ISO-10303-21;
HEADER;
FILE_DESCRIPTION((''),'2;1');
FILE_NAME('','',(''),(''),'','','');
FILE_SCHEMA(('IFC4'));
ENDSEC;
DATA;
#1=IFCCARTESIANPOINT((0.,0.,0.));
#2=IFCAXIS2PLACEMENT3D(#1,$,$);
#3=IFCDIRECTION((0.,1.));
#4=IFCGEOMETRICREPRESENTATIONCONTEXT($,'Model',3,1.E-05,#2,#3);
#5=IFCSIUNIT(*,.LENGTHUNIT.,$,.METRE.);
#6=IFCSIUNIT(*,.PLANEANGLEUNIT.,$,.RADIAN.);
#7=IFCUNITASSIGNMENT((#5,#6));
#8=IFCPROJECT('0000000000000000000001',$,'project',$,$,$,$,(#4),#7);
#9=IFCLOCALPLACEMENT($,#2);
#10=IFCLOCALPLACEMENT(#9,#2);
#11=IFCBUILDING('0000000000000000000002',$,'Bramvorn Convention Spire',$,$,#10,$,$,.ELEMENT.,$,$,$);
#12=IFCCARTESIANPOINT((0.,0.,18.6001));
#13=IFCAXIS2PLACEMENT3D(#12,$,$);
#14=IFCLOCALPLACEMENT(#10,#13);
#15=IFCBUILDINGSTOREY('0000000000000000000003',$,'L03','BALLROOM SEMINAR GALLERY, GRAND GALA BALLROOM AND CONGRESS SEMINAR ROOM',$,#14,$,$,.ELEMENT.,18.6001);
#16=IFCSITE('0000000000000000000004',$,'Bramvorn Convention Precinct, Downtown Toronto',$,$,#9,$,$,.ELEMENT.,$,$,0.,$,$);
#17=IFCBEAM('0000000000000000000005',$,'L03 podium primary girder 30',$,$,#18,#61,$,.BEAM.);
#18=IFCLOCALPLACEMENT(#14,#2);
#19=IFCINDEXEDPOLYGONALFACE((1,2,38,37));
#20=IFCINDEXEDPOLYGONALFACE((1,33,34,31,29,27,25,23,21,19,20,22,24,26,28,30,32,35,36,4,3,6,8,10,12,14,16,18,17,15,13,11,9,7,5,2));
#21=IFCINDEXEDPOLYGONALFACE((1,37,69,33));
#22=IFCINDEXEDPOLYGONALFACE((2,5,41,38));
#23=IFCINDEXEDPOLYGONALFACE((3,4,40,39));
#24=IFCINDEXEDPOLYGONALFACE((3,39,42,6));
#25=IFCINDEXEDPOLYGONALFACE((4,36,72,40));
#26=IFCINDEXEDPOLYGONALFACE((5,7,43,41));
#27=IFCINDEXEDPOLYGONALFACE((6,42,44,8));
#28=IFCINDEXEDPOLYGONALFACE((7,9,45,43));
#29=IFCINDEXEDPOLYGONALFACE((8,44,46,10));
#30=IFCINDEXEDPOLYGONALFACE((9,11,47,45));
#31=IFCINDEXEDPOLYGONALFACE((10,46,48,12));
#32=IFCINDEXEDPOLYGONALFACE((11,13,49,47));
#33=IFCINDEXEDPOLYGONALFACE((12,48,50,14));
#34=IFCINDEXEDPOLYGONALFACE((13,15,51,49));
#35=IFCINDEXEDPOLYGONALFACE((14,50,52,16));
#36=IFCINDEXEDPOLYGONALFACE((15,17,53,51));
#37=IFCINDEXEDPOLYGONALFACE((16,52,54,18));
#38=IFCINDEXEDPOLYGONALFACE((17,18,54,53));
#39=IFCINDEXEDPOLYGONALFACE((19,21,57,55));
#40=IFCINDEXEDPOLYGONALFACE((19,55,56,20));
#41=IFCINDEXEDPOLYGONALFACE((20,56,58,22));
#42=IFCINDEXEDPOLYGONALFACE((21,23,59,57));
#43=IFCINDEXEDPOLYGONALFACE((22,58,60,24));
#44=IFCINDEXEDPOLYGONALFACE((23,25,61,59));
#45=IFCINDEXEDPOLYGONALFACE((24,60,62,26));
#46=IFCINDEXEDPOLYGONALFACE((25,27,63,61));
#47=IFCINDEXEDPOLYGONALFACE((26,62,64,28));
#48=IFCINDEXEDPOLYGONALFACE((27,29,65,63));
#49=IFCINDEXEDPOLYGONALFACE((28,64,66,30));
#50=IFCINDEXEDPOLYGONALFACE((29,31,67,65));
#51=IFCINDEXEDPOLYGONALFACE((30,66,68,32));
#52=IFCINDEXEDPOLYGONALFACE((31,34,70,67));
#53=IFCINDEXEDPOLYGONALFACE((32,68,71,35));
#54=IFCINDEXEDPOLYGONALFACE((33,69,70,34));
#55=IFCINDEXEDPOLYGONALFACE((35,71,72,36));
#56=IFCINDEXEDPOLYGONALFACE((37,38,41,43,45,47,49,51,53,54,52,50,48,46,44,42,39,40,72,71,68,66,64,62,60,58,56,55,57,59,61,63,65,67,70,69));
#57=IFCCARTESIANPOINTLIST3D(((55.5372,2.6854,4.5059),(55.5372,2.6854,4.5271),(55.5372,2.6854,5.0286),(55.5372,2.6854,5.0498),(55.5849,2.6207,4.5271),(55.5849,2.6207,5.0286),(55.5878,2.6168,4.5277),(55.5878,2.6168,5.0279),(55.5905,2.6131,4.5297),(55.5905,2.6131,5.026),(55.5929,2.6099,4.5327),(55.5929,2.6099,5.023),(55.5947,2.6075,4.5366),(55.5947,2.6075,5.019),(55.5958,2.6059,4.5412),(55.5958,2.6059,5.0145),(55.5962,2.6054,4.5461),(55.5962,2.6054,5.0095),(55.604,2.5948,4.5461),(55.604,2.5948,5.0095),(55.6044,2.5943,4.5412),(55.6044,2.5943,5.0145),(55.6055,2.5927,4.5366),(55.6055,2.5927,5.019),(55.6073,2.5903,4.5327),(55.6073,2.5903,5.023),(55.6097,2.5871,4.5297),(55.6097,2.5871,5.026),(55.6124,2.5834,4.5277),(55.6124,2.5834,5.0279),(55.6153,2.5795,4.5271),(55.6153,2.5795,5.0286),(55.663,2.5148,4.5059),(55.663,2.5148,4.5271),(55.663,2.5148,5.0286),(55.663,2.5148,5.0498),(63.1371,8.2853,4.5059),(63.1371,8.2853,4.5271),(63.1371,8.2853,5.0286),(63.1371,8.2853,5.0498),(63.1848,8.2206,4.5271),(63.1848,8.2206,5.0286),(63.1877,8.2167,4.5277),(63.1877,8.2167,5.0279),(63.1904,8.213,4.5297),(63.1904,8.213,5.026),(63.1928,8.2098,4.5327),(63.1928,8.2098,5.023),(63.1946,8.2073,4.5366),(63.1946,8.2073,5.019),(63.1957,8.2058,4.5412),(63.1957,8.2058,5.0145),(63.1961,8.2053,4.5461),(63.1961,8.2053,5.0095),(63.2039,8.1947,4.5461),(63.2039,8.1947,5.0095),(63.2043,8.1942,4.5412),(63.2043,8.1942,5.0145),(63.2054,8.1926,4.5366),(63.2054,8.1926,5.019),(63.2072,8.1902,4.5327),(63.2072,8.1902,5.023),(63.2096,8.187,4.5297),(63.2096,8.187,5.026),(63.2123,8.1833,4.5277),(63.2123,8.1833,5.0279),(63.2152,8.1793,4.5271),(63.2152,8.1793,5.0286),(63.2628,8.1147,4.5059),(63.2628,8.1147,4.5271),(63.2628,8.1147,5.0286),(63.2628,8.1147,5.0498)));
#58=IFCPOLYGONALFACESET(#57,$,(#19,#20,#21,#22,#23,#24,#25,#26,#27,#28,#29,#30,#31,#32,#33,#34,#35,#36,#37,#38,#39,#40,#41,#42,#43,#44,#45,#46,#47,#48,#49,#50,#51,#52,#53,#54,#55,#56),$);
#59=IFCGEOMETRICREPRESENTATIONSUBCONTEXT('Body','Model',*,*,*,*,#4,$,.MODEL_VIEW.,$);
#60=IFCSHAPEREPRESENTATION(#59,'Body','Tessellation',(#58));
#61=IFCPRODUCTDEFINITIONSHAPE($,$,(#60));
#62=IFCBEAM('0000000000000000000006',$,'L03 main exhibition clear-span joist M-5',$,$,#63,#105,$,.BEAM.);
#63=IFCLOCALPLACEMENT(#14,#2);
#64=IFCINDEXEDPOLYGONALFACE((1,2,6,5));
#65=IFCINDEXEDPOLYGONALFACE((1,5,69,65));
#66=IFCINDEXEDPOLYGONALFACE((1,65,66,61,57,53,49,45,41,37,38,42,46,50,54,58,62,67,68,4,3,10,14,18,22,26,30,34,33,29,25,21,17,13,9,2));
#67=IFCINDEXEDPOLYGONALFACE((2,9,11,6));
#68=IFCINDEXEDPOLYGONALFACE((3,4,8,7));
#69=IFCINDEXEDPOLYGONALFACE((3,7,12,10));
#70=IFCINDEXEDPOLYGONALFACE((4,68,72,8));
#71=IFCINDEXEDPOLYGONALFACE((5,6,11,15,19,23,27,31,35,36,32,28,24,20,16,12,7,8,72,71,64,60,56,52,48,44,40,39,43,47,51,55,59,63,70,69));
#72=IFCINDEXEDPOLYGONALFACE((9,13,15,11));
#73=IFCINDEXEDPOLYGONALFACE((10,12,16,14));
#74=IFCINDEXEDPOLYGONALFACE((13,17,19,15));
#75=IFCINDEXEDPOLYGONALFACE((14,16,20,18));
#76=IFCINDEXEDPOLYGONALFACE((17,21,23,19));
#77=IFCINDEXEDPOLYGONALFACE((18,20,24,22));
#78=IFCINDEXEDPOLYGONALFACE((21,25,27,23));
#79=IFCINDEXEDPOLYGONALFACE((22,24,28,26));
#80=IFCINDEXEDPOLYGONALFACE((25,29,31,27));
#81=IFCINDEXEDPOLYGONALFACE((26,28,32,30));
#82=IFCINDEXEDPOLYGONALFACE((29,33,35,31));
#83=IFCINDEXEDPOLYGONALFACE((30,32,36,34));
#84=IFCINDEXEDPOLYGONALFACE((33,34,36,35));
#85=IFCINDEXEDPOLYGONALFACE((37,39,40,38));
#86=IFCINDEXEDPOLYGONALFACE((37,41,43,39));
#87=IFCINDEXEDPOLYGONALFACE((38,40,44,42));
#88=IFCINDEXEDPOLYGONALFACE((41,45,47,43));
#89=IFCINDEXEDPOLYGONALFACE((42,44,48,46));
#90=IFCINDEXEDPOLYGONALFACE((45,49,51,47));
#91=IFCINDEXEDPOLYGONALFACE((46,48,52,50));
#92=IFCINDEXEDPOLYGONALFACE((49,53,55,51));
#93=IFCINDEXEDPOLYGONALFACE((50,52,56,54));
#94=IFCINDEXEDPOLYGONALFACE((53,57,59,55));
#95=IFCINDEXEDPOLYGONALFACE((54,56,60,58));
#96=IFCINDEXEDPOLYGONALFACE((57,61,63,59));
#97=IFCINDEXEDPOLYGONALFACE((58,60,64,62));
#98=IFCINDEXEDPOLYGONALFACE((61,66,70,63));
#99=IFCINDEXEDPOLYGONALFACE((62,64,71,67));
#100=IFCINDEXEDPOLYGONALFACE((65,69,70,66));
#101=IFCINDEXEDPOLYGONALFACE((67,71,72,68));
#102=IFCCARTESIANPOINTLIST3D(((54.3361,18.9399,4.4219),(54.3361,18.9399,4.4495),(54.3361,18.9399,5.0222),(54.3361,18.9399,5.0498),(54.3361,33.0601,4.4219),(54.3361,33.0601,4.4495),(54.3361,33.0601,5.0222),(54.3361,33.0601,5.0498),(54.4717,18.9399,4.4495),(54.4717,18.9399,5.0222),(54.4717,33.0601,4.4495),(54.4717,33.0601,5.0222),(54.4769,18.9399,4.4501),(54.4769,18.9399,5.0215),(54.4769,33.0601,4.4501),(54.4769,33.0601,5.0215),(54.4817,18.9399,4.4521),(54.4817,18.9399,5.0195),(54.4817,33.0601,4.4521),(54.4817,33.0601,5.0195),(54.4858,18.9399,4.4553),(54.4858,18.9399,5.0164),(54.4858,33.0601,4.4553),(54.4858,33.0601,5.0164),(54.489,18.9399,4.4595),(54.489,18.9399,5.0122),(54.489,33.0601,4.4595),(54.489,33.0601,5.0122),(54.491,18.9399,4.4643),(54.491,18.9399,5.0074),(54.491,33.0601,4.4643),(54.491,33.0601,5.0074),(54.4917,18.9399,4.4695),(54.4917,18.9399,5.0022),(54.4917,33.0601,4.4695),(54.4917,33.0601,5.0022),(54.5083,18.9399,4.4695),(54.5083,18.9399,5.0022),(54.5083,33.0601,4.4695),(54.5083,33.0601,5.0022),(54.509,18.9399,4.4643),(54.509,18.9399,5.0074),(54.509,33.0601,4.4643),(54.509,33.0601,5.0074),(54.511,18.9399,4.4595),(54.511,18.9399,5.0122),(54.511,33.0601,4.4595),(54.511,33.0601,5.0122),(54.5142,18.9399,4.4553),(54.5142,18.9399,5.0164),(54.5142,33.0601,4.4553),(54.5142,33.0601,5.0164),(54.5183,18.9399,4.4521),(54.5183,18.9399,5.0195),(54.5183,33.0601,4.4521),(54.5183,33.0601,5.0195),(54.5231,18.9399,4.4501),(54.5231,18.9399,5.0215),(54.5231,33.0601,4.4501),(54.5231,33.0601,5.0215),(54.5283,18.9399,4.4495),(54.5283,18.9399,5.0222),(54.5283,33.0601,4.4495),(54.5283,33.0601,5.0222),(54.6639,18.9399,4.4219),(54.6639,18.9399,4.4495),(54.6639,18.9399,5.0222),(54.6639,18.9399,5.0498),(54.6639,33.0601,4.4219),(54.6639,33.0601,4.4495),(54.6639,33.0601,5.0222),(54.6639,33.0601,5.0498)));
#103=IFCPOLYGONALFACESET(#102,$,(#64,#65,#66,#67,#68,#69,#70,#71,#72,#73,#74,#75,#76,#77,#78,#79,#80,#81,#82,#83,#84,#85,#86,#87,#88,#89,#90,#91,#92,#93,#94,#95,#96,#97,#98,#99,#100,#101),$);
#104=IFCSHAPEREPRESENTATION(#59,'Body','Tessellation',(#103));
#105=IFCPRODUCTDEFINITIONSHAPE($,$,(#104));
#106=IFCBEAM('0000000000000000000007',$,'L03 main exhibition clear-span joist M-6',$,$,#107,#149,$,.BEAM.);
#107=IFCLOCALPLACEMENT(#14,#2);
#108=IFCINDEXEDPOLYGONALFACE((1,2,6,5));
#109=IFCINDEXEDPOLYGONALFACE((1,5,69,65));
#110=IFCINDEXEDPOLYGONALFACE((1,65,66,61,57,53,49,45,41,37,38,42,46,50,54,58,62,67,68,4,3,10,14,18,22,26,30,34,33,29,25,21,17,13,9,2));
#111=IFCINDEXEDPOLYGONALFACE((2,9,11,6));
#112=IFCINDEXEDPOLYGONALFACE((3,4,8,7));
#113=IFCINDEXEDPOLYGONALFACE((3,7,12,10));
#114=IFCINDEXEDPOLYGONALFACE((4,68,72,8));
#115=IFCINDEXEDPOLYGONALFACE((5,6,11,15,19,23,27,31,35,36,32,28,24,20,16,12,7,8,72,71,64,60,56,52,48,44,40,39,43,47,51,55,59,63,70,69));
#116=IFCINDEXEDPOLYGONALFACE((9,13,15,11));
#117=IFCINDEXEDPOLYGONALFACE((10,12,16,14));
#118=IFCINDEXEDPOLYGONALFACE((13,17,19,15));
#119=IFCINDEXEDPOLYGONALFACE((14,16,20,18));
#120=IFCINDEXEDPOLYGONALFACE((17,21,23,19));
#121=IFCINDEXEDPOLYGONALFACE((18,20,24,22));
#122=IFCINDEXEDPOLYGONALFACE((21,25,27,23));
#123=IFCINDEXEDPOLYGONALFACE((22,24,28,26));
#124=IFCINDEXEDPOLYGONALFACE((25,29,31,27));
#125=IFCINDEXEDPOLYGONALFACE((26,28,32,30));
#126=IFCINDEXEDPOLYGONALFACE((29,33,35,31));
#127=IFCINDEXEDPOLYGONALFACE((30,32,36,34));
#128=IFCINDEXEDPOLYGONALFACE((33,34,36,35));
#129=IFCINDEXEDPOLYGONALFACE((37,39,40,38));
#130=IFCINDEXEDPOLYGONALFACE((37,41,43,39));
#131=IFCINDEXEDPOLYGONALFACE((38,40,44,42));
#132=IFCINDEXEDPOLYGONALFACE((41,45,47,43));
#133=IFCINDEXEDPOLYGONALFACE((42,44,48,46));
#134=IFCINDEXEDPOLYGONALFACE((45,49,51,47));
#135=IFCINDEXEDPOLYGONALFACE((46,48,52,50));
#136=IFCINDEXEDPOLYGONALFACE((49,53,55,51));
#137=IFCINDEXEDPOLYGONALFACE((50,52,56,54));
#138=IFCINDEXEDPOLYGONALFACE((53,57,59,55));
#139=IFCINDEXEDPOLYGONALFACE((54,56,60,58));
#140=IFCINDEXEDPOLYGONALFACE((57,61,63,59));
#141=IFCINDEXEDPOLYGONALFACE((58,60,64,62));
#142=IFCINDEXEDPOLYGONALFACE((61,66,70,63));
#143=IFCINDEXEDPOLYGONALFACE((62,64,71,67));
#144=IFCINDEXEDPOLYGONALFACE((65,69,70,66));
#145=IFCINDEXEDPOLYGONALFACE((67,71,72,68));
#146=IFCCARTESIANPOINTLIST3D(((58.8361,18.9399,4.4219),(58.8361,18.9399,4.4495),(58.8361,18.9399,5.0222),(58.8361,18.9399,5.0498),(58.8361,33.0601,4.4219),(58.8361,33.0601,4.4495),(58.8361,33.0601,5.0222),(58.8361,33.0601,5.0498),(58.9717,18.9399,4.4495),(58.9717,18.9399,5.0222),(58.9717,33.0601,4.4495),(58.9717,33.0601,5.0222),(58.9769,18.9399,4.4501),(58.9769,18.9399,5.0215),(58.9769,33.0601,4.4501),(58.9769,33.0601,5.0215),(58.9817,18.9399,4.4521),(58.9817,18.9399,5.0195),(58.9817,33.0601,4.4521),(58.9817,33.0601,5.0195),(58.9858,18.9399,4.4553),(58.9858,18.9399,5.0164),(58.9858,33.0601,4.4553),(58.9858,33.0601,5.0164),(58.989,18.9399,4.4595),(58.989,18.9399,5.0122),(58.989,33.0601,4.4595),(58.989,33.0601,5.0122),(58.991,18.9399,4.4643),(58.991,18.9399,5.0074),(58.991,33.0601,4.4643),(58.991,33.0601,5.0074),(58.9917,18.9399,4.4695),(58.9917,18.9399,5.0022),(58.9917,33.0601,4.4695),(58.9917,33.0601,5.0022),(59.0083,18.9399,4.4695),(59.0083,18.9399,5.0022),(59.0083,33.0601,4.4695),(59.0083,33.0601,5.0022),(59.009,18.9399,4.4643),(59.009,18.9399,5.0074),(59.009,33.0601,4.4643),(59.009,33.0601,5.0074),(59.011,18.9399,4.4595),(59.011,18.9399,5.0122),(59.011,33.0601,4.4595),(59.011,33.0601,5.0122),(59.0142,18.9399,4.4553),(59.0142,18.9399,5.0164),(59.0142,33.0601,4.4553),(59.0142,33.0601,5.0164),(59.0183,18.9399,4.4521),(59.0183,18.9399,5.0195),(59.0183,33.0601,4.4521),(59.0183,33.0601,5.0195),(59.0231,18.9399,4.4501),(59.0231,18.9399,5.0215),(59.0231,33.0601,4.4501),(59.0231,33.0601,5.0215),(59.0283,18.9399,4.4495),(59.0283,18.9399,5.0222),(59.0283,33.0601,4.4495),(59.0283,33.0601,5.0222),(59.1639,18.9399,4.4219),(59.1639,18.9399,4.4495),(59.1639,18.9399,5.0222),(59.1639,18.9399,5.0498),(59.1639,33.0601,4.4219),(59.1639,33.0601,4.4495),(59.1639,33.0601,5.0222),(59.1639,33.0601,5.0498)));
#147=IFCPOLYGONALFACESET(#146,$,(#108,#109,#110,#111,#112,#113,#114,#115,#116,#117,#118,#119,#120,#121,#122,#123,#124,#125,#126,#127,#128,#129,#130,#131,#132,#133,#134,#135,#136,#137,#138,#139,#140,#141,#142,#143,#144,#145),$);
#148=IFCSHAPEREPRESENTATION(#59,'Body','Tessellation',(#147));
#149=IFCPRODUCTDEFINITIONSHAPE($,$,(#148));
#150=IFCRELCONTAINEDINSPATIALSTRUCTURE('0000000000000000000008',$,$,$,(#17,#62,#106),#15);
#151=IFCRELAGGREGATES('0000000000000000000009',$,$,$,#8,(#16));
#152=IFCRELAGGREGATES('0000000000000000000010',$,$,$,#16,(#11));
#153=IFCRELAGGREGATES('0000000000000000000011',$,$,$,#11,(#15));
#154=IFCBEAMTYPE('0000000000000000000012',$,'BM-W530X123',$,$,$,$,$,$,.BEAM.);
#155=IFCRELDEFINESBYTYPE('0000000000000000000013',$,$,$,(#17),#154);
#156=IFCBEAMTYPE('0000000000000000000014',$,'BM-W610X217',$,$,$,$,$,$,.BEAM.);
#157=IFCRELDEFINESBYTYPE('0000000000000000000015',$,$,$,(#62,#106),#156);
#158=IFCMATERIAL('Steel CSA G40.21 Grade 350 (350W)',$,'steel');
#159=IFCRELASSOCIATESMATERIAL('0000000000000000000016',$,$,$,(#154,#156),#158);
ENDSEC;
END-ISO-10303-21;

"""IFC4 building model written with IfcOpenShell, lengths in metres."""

from ifc_helpers import new_model, si_unit, direction, frame, origin, origin_2d, place, context, subcontext, project, spatial, i_section, extrude, material, material_profile, profile_set, type_object, element, save


model = new_model("IFC4")

# Units and contexts
model_context = context("Model", 3, precision=1e-05, world=origin(), true_north=direction((0.0, 1.0)))
body_context = subcontext(model_context, "Body", "Model", "MODEL_VIEW")
ifc_project = project(units=[si_unit("LENGTHUNIT", "METRE"), si_unit("PLANEANGLEUNIT", "RADIAN")], contexts=[model_context])

# Site, building, storey
site_placement = place(None, origin())
site = spatial("IfcSite", under=ifc_project, at=site_placement, Name="Bramvorn Convention Precinct, Downtown Toronto", CompositionType="ELEMENT", RefElevation=0.0)
building_placement = place(site_placement, origin())
building = spatial("IfcBuilding", under=site, at=building_placement, Name="Bramvorn Convention Spire", CompositionType="ELEMENT")
storey_placement = place(building_placement, frame((0.0, 0.0, 18.6001)))
storey = spatial("IfcBuildingStorey", under=building, at=storey_placement, Name="L03", Description="BALLROOM SEMINAR GALLERY, GRAND GALA BALLROOM AND CONGRESS SEMINAR ROOM", CompositionType="ELEMENT", Elevation=18.6001)

# Beams
ifc_material_1 = material(Name="Steel CSA G40.21 Grade 350 (350W)", Category="steel")
ifc_material_profile_1 = material_profile(ifc_material_1, i_section(OverallWidth=0.2119, OverallDepth=0.5439, WebThickness=0.0132, FlangeThickness=0.0212, FilletRadius=0.019, at=origin_2d()))
ifc_profile_set_1 = profile_set([ifc_material_profile_1], Name="Steel CSA G40.21 Grade 350 (350W) - W530X123")
beam_type_1 = type_object("IfcBeamType", Name="BM-W530X123", PredefinedType="BEAM", material=ifc_profile_set_1)
beam_1_placement = place(storey_placement, frame((55.6001, 2.6001, 4.7778), z_axis=(0.805058, 0.593196, 0.0), x_axis=(-0.593196, 0.805058, 0.0)))
element("IfcBeam", 1, at=beam_1_placement, inside=storey, type_object=beam_type_1, Name="L03 podium primary girder 30", PredefinedType="BEAM", context=body_context, shape_type="SweptSolid", body=[
    extrude(i_section(OverallWidth=0.2119, OverallDepth=0.5439, WebThickness=0.0132, FlangeThickness=0.0212, FilletRadius=0.019, at=origin_2d()), origin(), (0.0, 0.0, 1.0), 9.4402),
])
ifc_material_profile_2 = material_profile(ifc_material_1, i_section(OverallWidth=0.3279, OverallDepth=0.6279, WebThickness=0.0166, FlangeThickness=0.0276, FilletRadius=0.02, at=origin_2d()))
ifc_profile_set_2 = profile_set([ifc_material_profile_2], Name="Steel CSA G40.21 Grade 350 (350W) - W610X217")
beam_type_2 = type_object("IfcBeamType", Name="BM-W610X217", PredefinedType="BEAM", material=ifc_profile_set_2)
for number, where, z_axis, x_axis, name in (
    (2, (54.5, 18.9399, 4.7358), (0.0, 1.0, 0.0), (-1.0, 0.0, 0.0), "L03 main exhibition clear-span joist M-5"),
    (3, (59.0, 18.9399, 4.7358), (0.0, 1.0, 0.0), (-1.0, 0.0, 0.0), "L03 main exhibition clear-span joist M-6"),
):
    element("IfcBeam", number, at=place(storey_placement, frame(where, z_axis=z_axis, x_axis=x_axis)), inside=storey, type_object=beam_type_2, Name=name, PredefinedType="BEAM", context=body_context, shape_type="SweptSolid", body=[
        extrude(i_section(OverallWidth=0.3279, OverallDepth=0.6279, WebThickness=0.0166, FlangeThickness=0.0276, FilletRadius=0.02, at=origin_2d()), origin(), (0.0, 0.0, 1.0), 14.1201),
    ])

save(model, "model.ifc")
